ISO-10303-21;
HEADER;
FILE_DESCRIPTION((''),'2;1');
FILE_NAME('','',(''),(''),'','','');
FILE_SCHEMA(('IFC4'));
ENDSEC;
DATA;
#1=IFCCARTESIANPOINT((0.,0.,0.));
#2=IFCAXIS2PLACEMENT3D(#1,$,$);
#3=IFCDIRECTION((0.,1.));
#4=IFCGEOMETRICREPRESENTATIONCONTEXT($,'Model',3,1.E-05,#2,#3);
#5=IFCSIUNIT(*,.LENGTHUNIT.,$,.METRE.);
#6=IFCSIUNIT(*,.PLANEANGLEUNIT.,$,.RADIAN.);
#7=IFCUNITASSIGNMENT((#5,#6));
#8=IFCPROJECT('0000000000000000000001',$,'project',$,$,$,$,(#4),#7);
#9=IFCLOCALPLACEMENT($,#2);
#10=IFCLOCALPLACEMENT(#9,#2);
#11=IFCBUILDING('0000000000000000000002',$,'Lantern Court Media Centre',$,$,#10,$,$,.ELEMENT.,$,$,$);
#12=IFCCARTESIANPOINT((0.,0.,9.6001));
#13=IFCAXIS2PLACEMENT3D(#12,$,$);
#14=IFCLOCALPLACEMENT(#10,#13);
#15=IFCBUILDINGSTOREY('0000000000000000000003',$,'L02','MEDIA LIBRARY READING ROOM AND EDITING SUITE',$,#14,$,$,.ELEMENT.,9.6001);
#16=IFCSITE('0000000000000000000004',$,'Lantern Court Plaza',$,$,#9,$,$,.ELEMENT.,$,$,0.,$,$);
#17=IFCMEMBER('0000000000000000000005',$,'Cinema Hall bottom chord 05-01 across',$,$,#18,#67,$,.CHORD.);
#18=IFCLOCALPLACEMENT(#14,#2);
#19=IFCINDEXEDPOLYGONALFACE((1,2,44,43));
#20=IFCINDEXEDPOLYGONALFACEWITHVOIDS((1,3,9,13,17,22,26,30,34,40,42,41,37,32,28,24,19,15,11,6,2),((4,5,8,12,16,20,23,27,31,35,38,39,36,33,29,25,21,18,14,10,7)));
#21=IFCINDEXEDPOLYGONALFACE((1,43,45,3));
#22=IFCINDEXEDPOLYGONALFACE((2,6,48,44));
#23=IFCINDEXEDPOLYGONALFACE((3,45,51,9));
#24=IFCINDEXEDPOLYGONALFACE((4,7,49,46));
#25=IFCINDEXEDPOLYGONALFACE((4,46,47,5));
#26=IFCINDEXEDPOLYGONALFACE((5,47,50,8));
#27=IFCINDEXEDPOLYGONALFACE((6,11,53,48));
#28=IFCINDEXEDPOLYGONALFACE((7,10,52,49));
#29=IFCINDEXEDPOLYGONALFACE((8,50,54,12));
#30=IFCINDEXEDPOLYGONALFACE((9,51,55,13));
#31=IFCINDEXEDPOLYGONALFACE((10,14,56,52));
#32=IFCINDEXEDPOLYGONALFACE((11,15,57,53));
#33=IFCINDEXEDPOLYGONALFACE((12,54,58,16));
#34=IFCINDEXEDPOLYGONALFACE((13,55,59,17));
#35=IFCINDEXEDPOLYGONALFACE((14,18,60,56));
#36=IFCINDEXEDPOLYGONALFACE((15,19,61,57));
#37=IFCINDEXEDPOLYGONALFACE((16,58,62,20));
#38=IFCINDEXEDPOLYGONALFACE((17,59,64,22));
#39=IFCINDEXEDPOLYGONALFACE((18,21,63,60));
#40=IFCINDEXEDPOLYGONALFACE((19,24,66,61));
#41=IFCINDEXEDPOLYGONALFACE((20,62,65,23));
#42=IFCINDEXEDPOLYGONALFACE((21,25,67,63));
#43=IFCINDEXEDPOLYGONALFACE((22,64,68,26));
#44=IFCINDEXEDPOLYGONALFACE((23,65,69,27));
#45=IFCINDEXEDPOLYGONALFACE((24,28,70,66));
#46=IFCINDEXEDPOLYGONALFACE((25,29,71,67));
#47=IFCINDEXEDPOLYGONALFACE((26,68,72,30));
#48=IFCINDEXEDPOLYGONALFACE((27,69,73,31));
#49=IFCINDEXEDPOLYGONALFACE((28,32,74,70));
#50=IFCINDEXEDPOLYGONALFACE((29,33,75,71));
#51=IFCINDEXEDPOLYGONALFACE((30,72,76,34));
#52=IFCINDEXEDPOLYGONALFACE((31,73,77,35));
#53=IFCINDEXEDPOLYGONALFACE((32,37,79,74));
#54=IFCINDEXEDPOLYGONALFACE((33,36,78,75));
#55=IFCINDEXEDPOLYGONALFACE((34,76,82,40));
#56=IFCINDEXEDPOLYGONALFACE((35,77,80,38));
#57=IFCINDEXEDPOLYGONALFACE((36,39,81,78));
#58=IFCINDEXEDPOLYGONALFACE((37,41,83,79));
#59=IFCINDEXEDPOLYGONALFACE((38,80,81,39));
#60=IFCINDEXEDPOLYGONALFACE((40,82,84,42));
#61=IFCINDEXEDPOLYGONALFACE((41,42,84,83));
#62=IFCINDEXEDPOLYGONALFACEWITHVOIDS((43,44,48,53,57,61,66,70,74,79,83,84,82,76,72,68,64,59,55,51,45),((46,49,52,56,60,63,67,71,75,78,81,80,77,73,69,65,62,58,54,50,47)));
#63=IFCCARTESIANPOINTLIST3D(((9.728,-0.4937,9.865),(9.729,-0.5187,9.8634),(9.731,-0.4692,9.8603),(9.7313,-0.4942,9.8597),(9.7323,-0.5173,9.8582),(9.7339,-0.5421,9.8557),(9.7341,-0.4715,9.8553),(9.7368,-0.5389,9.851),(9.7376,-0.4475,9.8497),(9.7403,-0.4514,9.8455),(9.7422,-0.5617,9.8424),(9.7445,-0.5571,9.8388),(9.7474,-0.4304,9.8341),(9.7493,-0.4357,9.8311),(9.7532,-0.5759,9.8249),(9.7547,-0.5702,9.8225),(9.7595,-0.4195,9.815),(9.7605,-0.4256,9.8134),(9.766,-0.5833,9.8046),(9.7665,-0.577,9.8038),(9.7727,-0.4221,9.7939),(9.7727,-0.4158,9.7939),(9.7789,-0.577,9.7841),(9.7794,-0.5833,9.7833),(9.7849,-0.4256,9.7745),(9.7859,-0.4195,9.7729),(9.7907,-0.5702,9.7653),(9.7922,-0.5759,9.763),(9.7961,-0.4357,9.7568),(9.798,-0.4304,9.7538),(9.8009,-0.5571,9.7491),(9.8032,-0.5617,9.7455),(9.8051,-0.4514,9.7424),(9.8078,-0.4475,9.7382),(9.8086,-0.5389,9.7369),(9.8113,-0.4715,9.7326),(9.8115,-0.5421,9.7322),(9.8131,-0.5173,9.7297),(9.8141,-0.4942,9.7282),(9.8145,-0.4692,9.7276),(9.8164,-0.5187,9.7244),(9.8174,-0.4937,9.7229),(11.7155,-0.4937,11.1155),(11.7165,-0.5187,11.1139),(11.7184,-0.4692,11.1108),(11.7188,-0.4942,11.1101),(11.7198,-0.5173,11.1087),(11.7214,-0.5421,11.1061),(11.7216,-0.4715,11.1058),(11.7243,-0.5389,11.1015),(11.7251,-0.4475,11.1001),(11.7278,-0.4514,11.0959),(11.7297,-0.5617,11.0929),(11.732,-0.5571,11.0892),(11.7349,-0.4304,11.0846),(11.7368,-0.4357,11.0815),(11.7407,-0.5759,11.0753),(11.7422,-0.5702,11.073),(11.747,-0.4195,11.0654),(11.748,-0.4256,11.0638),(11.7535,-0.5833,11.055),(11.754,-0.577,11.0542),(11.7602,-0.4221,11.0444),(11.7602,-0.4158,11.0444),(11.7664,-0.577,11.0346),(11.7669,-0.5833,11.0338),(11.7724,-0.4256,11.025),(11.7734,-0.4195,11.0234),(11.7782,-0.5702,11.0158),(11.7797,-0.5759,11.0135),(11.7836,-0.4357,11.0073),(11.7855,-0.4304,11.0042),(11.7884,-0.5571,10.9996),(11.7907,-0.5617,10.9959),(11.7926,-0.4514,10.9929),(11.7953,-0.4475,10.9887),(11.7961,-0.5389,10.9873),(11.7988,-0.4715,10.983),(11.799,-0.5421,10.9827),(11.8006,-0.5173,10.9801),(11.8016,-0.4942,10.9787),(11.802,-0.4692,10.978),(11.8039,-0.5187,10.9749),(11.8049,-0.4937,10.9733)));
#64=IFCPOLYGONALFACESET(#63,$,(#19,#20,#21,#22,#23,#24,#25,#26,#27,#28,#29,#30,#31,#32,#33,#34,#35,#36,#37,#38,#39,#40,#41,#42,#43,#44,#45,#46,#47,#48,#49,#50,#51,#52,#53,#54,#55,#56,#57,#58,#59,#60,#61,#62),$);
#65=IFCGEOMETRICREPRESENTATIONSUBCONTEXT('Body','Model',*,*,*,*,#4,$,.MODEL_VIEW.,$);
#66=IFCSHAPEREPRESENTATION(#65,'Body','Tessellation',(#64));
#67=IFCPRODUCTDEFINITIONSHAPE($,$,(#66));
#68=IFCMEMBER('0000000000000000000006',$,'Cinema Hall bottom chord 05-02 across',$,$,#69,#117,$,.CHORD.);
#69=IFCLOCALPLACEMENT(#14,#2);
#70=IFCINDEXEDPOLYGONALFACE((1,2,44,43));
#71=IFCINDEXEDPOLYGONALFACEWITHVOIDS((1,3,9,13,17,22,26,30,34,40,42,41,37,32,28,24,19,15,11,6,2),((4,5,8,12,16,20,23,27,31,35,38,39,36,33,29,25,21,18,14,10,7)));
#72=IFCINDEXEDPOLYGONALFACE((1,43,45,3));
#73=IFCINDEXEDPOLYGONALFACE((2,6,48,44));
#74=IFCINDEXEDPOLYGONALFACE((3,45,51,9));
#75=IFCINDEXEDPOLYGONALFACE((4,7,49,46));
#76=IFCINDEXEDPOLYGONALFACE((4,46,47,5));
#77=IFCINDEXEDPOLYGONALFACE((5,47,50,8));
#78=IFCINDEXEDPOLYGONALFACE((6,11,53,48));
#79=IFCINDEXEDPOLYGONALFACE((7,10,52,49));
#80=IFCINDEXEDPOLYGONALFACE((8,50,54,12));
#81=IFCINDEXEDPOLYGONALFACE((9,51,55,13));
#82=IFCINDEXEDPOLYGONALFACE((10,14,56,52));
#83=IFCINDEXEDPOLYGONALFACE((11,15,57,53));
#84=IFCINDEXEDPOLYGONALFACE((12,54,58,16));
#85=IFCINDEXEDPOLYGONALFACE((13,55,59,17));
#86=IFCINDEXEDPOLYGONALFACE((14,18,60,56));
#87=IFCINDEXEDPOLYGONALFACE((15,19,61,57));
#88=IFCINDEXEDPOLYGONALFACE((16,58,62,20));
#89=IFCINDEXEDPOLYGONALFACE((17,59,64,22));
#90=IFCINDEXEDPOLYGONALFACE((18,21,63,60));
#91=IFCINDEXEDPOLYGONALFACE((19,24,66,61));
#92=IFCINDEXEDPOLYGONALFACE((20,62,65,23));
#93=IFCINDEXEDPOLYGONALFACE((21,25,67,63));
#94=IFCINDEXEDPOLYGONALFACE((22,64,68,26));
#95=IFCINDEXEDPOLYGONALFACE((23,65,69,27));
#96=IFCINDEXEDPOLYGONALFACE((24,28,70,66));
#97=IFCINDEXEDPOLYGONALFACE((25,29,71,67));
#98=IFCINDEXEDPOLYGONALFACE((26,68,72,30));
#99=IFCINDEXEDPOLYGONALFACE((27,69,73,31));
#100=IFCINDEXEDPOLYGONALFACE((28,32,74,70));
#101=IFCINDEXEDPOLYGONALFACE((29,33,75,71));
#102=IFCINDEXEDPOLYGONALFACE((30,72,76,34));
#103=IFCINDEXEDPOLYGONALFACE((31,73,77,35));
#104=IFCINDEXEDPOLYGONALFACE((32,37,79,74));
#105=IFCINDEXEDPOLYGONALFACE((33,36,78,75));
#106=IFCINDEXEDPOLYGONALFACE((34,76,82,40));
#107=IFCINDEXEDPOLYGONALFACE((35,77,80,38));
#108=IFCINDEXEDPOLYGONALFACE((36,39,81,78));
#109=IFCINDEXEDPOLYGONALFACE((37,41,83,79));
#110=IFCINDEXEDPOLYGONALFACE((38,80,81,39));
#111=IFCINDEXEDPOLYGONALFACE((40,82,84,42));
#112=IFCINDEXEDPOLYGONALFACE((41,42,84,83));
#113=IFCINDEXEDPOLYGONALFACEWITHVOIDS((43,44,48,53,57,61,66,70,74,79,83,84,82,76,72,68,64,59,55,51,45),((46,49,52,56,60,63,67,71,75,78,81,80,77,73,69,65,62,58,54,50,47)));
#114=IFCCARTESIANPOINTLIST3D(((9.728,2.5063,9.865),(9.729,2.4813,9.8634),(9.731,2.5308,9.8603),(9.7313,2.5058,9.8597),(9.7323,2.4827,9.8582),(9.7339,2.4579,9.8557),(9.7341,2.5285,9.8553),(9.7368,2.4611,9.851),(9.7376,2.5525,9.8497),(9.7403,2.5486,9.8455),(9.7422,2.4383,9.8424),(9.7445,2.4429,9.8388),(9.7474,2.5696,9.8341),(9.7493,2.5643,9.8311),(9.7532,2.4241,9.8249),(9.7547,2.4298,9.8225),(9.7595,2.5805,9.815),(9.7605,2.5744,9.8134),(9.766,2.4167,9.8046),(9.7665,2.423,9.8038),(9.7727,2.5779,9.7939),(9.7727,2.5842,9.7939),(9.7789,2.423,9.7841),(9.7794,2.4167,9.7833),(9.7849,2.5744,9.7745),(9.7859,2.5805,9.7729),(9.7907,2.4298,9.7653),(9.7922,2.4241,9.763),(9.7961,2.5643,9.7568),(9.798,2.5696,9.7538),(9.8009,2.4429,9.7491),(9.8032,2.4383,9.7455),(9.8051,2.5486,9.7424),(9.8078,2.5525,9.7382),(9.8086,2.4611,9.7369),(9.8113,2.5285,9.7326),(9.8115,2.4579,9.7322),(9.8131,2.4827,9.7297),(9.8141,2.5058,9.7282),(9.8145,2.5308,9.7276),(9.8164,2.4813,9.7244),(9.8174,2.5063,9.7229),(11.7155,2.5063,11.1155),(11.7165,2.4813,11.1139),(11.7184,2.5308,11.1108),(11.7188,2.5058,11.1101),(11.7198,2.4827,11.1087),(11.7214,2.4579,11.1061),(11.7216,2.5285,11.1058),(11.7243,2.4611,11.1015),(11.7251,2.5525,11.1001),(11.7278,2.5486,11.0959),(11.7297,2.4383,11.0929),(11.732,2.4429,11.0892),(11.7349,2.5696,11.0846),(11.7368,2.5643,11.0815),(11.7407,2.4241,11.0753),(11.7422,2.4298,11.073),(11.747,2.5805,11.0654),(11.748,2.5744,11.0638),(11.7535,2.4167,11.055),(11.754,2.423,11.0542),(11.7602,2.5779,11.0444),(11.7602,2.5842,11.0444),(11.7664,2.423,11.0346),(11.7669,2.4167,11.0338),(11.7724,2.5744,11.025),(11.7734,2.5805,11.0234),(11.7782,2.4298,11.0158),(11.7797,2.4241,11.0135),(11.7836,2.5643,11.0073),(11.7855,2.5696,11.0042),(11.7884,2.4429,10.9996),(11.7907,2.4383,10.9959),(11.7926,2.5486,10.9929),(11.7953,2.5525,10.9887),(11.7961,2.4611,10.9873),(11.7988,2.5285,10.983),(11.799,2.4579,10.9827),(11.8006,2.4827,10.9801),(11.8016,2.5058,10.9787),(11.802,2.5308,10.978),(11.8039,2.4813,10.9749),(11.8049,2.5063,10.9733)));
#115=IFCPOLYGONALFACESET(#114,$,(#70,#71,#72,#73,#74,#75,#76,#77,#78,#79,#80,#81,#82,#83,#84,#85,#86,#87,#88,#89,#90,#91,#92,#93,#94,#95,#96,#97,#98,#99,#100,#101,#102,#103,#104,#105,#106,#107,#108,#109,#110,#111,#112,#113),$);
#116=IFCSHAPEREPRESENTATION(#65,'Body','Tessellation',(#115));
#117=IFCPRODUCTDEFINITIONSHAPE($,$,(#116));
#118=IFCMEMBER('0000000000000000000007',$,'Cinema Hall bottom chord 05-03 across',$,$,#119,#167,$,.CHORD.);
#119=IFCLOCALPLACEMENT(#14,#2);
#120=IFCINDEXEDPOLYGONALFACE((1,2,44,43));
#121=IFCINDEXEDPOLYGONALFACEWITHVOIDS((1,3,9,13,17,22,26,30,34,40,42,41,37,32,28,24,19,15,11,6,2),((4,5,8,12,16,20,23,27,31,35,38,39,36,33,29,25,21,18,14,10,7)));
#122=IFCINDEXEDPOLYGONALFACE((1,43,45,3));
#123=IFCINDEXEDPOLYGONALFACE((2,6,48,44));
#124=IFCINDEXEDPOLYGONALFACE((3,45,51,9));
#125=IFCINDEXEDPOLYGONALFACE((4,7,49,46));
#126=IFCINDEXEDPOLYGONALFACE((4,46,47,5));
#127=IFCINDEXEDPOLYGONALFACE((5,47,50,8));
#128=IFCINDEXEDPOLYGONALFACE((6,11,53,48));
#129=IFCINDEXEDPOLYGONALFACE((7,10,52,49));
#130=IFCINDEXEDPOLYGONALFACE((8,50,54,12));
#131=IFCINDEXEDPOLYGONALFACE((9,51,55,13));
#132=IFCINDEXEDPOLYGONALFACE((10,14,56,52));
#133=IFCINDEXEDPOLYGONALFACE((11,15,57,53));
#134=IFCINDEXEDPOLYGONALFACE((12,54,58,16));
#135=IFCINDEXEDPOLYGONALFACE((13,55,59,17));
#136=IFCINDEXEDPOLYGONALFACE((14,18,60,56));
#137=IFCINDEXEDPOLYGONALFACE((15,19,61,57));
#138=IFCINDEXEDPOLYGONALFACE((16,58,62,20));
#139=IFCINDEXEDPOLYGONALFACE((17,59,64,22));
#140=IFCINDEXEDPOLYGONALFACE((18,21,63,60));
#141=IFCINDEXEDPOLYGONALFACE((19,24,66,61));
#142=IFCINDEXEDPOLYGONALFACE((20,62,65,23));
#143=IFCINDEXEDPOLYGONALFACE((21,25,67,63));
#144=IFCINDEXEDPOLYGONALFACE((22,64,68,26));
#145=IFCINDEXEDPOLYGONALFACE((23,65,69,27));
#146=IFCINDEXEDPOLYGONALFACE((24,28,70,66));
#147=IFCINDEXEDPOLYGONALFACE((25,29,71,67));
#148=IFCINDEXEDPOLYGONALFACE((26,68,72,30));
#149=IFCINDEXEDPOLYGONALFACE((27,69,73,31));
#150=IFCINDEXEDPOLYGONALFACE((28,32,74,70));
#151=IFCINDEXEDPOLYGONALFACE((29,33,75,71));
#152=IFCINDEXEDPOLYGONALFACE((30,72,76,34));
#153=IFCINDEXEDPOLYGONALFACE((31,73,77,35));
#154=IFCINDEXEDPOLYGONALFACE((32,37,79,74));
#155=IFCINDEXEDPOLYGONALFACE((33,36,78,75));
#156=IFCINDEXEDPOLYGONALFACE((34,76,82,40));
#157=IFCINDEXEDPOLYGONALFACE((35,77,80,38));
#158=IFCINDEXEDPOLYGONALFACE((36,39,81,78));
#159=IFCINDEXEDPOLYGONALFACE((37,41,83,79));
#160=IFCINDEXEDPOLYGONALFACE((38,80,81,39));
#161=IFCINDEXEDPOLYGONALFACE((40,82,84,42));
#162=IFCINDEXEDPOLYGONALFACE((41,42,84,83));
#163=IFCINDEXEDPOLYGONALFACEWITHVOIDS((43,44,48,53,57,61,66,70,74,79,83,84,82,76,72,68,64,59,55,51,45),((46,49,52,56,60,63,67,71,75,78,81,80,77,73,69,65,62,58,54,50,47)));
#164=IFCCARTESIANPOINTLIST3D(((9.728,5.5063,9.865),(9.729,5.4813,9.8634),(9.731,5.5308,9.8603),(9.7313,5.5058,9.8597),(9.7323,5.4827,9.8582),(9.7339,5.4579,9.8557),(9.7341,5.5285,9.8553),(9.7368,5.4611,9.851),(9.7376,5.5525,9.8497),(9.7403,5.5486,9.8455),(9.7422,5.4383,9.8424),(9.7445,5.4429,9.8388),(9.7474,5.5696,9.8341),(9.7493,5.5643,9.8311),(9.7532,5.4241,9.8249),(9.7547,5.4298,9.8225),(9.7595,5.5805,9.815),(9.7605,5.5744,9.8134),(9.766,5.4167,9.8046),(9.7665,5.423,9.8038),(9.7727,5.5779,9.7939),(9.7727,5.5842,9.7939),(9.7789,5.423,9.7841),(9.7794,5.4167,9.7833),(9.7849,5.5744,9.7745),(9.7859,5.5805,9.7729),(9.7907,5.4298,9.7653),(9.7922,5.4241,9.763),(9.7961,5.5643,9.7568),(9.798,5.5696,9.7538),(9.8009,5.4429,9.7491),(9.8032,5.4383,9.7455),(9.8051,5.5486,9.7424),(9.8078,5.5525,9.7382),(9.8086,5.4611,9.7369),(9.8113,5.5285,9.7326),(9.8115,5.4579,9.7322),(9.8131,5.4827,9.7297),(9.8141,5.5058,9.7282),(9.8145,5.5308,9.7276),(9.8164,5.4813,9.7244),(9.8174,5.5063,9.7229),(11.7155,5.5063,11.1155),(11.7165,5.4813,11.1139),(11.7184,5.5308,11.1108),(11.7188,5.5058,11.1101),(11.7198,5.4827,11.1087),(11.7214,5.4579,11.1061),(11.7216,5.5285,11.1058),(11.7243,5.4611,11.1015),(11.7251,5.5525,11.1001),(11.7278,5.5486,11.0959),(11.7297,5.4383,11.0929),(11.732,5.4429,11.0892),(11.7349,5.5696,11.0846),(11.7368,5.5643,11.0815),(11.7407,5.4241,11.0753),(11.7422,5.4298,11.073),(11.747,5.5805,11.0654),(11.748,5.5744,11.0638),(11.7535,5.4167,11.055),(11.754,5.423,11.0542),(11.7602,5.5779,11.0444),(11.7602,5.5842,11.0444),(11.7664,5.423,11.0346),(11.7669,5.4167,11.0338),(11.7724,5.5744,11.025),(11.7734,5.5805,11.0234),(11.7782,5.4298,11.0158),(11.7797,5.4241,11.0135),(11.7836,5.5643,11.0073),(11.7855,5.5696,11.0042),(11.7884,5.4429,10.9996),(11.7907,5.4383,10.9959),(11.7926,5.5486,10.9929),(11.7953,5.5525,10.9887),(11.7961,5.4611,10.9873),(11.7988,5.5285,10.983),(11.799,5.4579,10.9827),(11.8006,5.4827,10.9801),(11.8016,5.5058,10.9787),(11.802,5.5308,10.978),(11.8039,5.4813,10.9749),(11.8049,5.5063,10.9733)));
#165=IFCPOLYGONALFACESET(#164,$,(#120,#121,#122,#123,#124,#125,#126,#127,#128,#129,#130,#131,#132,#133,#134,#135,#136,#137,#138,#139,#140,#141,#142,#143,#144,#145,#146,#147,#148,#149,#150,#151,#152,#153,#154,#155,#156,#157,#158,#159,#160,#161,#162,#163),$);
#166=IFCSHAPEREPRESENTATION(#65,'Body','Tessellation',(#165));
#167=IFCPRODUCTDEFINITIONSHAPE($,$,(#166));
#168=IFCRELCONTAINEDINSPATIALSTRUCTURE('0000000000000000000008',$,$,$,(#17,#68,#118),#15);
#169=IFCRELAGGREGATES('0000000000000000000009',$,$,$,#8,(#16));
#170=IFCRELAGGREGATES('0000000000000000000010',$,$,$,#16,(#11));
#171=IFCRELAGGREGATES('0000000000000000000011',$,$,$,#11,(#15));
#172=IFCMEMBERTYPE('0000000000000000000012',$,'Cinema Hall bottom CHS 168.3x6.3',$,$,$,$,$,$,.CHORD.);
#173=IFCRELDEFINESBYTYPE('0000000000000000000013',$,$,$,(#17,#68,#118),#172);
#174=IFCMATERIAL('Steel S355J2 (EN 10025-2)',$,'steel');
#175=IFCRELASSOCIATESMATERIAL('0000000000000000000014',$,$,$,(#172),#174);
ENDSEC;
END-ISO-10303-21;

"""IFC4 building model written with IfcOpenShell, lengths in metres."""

from ifc_helpers import new_model, si_unit, direction, frame, origin, origin_2d, place, context, subcontext, project, spatial, hollow_circle, extrude, material, material_profile, profile_set, type_object, element, save


model = new_model("IFC4")

# Units and contexts
model_context = context("Model", 3, precision=1e-05, world=origin(), true_north=direction((0.0, 1.0)))
body_context = subcontext(model_context, "Body", "Model", "MODEL_VIEW")
ifc_project = project(units=[si_unit("LENGTHUNIT", "METRE"), si_unit("PLANEANGLEUNIT", "RADIAN")], contexts=[model_context])

# Site, building, storey
site_placement = place(None, origin())
site = spatial("IfcSite", under=ifc_project, at=site_placement, Name="Lantern Court Plaza", CompositionType="ELEMENT", RefElevation=0.0)
building_placement = place(site_placement, origin())
building = spatial("IfcBuilding", under=site, at=building_placement, Name="Lantern Court Media Centre", CompositionType="ELEMENT")
storey_placement = place(building_placement, frame((0.0, 0.0, 9.6001)))
storey = spatial("IfcBuildingStorey", under=building, at=storey_placement, Name="L02", Description="MEDIA LIBRARY READING ROOM AND EDITING SUITE", CompositionType="ELEMENT", Elevation=9.6001)

# Members
ifc_material = material(Name="Steel S355J2 (EN 10025-2)", Category="steel")
ifc_material_profile_1 = material_profile(ifc_material, hollow_circle(Radius=0.0842, WallThickness=0.0063, at=origin_2d()), Name="Cinema Hall bottom CHS 168.3x6.3")
ifc_profile_set_1 = profile_set([ifc_material_profile_1], Name="Steel S355J2 (EN 10025-2)")
member_type_1 = type_object("IfcMemberType", Name="Cinema Hall bottom CHS 168.3x6.3", PredefinedType="CHORD", material=ifc_profile_set_1)
for number, where, z_axis, x_axis, name in (
    (1, (9.7727, -0.5, 9.7939), (0.846412, 0.0, 0.532529), (0.0, 1.0, 0.0), "Cinema Hall bottom chord 05-01 across"),
    (2, (9.7727, 2.5, 9.7939), (0.846412, 0.0, 0.532529), (0.0, 1.0, 0.0), "Cinema Hall bottom chord 05-02 across"),
    (3, (9.7727, 5.5, 9.7939), (0.846412, 0.0, 0.532529), (0.0, 1.0, 0.0), "Cinema Hall bottom chord 05-03 across"),
):
    element("IfcMember", number, at=place(storey_placement, frame(where, z_axis=z_axis, x_axis=x_axis)), inside=storey, type_object=member_type_1, Name=name, PredefinedType="CHORD", context=body_context, shape_type="SweptSolid", body=[
        extrude(hollow_circle(Radius=0.0842, WallThickness=0.0063, at=origin_2d()), origin(), (0.0, 0.0, 1.0), 2.3481),
    ])

save(model, "model.ifc")
